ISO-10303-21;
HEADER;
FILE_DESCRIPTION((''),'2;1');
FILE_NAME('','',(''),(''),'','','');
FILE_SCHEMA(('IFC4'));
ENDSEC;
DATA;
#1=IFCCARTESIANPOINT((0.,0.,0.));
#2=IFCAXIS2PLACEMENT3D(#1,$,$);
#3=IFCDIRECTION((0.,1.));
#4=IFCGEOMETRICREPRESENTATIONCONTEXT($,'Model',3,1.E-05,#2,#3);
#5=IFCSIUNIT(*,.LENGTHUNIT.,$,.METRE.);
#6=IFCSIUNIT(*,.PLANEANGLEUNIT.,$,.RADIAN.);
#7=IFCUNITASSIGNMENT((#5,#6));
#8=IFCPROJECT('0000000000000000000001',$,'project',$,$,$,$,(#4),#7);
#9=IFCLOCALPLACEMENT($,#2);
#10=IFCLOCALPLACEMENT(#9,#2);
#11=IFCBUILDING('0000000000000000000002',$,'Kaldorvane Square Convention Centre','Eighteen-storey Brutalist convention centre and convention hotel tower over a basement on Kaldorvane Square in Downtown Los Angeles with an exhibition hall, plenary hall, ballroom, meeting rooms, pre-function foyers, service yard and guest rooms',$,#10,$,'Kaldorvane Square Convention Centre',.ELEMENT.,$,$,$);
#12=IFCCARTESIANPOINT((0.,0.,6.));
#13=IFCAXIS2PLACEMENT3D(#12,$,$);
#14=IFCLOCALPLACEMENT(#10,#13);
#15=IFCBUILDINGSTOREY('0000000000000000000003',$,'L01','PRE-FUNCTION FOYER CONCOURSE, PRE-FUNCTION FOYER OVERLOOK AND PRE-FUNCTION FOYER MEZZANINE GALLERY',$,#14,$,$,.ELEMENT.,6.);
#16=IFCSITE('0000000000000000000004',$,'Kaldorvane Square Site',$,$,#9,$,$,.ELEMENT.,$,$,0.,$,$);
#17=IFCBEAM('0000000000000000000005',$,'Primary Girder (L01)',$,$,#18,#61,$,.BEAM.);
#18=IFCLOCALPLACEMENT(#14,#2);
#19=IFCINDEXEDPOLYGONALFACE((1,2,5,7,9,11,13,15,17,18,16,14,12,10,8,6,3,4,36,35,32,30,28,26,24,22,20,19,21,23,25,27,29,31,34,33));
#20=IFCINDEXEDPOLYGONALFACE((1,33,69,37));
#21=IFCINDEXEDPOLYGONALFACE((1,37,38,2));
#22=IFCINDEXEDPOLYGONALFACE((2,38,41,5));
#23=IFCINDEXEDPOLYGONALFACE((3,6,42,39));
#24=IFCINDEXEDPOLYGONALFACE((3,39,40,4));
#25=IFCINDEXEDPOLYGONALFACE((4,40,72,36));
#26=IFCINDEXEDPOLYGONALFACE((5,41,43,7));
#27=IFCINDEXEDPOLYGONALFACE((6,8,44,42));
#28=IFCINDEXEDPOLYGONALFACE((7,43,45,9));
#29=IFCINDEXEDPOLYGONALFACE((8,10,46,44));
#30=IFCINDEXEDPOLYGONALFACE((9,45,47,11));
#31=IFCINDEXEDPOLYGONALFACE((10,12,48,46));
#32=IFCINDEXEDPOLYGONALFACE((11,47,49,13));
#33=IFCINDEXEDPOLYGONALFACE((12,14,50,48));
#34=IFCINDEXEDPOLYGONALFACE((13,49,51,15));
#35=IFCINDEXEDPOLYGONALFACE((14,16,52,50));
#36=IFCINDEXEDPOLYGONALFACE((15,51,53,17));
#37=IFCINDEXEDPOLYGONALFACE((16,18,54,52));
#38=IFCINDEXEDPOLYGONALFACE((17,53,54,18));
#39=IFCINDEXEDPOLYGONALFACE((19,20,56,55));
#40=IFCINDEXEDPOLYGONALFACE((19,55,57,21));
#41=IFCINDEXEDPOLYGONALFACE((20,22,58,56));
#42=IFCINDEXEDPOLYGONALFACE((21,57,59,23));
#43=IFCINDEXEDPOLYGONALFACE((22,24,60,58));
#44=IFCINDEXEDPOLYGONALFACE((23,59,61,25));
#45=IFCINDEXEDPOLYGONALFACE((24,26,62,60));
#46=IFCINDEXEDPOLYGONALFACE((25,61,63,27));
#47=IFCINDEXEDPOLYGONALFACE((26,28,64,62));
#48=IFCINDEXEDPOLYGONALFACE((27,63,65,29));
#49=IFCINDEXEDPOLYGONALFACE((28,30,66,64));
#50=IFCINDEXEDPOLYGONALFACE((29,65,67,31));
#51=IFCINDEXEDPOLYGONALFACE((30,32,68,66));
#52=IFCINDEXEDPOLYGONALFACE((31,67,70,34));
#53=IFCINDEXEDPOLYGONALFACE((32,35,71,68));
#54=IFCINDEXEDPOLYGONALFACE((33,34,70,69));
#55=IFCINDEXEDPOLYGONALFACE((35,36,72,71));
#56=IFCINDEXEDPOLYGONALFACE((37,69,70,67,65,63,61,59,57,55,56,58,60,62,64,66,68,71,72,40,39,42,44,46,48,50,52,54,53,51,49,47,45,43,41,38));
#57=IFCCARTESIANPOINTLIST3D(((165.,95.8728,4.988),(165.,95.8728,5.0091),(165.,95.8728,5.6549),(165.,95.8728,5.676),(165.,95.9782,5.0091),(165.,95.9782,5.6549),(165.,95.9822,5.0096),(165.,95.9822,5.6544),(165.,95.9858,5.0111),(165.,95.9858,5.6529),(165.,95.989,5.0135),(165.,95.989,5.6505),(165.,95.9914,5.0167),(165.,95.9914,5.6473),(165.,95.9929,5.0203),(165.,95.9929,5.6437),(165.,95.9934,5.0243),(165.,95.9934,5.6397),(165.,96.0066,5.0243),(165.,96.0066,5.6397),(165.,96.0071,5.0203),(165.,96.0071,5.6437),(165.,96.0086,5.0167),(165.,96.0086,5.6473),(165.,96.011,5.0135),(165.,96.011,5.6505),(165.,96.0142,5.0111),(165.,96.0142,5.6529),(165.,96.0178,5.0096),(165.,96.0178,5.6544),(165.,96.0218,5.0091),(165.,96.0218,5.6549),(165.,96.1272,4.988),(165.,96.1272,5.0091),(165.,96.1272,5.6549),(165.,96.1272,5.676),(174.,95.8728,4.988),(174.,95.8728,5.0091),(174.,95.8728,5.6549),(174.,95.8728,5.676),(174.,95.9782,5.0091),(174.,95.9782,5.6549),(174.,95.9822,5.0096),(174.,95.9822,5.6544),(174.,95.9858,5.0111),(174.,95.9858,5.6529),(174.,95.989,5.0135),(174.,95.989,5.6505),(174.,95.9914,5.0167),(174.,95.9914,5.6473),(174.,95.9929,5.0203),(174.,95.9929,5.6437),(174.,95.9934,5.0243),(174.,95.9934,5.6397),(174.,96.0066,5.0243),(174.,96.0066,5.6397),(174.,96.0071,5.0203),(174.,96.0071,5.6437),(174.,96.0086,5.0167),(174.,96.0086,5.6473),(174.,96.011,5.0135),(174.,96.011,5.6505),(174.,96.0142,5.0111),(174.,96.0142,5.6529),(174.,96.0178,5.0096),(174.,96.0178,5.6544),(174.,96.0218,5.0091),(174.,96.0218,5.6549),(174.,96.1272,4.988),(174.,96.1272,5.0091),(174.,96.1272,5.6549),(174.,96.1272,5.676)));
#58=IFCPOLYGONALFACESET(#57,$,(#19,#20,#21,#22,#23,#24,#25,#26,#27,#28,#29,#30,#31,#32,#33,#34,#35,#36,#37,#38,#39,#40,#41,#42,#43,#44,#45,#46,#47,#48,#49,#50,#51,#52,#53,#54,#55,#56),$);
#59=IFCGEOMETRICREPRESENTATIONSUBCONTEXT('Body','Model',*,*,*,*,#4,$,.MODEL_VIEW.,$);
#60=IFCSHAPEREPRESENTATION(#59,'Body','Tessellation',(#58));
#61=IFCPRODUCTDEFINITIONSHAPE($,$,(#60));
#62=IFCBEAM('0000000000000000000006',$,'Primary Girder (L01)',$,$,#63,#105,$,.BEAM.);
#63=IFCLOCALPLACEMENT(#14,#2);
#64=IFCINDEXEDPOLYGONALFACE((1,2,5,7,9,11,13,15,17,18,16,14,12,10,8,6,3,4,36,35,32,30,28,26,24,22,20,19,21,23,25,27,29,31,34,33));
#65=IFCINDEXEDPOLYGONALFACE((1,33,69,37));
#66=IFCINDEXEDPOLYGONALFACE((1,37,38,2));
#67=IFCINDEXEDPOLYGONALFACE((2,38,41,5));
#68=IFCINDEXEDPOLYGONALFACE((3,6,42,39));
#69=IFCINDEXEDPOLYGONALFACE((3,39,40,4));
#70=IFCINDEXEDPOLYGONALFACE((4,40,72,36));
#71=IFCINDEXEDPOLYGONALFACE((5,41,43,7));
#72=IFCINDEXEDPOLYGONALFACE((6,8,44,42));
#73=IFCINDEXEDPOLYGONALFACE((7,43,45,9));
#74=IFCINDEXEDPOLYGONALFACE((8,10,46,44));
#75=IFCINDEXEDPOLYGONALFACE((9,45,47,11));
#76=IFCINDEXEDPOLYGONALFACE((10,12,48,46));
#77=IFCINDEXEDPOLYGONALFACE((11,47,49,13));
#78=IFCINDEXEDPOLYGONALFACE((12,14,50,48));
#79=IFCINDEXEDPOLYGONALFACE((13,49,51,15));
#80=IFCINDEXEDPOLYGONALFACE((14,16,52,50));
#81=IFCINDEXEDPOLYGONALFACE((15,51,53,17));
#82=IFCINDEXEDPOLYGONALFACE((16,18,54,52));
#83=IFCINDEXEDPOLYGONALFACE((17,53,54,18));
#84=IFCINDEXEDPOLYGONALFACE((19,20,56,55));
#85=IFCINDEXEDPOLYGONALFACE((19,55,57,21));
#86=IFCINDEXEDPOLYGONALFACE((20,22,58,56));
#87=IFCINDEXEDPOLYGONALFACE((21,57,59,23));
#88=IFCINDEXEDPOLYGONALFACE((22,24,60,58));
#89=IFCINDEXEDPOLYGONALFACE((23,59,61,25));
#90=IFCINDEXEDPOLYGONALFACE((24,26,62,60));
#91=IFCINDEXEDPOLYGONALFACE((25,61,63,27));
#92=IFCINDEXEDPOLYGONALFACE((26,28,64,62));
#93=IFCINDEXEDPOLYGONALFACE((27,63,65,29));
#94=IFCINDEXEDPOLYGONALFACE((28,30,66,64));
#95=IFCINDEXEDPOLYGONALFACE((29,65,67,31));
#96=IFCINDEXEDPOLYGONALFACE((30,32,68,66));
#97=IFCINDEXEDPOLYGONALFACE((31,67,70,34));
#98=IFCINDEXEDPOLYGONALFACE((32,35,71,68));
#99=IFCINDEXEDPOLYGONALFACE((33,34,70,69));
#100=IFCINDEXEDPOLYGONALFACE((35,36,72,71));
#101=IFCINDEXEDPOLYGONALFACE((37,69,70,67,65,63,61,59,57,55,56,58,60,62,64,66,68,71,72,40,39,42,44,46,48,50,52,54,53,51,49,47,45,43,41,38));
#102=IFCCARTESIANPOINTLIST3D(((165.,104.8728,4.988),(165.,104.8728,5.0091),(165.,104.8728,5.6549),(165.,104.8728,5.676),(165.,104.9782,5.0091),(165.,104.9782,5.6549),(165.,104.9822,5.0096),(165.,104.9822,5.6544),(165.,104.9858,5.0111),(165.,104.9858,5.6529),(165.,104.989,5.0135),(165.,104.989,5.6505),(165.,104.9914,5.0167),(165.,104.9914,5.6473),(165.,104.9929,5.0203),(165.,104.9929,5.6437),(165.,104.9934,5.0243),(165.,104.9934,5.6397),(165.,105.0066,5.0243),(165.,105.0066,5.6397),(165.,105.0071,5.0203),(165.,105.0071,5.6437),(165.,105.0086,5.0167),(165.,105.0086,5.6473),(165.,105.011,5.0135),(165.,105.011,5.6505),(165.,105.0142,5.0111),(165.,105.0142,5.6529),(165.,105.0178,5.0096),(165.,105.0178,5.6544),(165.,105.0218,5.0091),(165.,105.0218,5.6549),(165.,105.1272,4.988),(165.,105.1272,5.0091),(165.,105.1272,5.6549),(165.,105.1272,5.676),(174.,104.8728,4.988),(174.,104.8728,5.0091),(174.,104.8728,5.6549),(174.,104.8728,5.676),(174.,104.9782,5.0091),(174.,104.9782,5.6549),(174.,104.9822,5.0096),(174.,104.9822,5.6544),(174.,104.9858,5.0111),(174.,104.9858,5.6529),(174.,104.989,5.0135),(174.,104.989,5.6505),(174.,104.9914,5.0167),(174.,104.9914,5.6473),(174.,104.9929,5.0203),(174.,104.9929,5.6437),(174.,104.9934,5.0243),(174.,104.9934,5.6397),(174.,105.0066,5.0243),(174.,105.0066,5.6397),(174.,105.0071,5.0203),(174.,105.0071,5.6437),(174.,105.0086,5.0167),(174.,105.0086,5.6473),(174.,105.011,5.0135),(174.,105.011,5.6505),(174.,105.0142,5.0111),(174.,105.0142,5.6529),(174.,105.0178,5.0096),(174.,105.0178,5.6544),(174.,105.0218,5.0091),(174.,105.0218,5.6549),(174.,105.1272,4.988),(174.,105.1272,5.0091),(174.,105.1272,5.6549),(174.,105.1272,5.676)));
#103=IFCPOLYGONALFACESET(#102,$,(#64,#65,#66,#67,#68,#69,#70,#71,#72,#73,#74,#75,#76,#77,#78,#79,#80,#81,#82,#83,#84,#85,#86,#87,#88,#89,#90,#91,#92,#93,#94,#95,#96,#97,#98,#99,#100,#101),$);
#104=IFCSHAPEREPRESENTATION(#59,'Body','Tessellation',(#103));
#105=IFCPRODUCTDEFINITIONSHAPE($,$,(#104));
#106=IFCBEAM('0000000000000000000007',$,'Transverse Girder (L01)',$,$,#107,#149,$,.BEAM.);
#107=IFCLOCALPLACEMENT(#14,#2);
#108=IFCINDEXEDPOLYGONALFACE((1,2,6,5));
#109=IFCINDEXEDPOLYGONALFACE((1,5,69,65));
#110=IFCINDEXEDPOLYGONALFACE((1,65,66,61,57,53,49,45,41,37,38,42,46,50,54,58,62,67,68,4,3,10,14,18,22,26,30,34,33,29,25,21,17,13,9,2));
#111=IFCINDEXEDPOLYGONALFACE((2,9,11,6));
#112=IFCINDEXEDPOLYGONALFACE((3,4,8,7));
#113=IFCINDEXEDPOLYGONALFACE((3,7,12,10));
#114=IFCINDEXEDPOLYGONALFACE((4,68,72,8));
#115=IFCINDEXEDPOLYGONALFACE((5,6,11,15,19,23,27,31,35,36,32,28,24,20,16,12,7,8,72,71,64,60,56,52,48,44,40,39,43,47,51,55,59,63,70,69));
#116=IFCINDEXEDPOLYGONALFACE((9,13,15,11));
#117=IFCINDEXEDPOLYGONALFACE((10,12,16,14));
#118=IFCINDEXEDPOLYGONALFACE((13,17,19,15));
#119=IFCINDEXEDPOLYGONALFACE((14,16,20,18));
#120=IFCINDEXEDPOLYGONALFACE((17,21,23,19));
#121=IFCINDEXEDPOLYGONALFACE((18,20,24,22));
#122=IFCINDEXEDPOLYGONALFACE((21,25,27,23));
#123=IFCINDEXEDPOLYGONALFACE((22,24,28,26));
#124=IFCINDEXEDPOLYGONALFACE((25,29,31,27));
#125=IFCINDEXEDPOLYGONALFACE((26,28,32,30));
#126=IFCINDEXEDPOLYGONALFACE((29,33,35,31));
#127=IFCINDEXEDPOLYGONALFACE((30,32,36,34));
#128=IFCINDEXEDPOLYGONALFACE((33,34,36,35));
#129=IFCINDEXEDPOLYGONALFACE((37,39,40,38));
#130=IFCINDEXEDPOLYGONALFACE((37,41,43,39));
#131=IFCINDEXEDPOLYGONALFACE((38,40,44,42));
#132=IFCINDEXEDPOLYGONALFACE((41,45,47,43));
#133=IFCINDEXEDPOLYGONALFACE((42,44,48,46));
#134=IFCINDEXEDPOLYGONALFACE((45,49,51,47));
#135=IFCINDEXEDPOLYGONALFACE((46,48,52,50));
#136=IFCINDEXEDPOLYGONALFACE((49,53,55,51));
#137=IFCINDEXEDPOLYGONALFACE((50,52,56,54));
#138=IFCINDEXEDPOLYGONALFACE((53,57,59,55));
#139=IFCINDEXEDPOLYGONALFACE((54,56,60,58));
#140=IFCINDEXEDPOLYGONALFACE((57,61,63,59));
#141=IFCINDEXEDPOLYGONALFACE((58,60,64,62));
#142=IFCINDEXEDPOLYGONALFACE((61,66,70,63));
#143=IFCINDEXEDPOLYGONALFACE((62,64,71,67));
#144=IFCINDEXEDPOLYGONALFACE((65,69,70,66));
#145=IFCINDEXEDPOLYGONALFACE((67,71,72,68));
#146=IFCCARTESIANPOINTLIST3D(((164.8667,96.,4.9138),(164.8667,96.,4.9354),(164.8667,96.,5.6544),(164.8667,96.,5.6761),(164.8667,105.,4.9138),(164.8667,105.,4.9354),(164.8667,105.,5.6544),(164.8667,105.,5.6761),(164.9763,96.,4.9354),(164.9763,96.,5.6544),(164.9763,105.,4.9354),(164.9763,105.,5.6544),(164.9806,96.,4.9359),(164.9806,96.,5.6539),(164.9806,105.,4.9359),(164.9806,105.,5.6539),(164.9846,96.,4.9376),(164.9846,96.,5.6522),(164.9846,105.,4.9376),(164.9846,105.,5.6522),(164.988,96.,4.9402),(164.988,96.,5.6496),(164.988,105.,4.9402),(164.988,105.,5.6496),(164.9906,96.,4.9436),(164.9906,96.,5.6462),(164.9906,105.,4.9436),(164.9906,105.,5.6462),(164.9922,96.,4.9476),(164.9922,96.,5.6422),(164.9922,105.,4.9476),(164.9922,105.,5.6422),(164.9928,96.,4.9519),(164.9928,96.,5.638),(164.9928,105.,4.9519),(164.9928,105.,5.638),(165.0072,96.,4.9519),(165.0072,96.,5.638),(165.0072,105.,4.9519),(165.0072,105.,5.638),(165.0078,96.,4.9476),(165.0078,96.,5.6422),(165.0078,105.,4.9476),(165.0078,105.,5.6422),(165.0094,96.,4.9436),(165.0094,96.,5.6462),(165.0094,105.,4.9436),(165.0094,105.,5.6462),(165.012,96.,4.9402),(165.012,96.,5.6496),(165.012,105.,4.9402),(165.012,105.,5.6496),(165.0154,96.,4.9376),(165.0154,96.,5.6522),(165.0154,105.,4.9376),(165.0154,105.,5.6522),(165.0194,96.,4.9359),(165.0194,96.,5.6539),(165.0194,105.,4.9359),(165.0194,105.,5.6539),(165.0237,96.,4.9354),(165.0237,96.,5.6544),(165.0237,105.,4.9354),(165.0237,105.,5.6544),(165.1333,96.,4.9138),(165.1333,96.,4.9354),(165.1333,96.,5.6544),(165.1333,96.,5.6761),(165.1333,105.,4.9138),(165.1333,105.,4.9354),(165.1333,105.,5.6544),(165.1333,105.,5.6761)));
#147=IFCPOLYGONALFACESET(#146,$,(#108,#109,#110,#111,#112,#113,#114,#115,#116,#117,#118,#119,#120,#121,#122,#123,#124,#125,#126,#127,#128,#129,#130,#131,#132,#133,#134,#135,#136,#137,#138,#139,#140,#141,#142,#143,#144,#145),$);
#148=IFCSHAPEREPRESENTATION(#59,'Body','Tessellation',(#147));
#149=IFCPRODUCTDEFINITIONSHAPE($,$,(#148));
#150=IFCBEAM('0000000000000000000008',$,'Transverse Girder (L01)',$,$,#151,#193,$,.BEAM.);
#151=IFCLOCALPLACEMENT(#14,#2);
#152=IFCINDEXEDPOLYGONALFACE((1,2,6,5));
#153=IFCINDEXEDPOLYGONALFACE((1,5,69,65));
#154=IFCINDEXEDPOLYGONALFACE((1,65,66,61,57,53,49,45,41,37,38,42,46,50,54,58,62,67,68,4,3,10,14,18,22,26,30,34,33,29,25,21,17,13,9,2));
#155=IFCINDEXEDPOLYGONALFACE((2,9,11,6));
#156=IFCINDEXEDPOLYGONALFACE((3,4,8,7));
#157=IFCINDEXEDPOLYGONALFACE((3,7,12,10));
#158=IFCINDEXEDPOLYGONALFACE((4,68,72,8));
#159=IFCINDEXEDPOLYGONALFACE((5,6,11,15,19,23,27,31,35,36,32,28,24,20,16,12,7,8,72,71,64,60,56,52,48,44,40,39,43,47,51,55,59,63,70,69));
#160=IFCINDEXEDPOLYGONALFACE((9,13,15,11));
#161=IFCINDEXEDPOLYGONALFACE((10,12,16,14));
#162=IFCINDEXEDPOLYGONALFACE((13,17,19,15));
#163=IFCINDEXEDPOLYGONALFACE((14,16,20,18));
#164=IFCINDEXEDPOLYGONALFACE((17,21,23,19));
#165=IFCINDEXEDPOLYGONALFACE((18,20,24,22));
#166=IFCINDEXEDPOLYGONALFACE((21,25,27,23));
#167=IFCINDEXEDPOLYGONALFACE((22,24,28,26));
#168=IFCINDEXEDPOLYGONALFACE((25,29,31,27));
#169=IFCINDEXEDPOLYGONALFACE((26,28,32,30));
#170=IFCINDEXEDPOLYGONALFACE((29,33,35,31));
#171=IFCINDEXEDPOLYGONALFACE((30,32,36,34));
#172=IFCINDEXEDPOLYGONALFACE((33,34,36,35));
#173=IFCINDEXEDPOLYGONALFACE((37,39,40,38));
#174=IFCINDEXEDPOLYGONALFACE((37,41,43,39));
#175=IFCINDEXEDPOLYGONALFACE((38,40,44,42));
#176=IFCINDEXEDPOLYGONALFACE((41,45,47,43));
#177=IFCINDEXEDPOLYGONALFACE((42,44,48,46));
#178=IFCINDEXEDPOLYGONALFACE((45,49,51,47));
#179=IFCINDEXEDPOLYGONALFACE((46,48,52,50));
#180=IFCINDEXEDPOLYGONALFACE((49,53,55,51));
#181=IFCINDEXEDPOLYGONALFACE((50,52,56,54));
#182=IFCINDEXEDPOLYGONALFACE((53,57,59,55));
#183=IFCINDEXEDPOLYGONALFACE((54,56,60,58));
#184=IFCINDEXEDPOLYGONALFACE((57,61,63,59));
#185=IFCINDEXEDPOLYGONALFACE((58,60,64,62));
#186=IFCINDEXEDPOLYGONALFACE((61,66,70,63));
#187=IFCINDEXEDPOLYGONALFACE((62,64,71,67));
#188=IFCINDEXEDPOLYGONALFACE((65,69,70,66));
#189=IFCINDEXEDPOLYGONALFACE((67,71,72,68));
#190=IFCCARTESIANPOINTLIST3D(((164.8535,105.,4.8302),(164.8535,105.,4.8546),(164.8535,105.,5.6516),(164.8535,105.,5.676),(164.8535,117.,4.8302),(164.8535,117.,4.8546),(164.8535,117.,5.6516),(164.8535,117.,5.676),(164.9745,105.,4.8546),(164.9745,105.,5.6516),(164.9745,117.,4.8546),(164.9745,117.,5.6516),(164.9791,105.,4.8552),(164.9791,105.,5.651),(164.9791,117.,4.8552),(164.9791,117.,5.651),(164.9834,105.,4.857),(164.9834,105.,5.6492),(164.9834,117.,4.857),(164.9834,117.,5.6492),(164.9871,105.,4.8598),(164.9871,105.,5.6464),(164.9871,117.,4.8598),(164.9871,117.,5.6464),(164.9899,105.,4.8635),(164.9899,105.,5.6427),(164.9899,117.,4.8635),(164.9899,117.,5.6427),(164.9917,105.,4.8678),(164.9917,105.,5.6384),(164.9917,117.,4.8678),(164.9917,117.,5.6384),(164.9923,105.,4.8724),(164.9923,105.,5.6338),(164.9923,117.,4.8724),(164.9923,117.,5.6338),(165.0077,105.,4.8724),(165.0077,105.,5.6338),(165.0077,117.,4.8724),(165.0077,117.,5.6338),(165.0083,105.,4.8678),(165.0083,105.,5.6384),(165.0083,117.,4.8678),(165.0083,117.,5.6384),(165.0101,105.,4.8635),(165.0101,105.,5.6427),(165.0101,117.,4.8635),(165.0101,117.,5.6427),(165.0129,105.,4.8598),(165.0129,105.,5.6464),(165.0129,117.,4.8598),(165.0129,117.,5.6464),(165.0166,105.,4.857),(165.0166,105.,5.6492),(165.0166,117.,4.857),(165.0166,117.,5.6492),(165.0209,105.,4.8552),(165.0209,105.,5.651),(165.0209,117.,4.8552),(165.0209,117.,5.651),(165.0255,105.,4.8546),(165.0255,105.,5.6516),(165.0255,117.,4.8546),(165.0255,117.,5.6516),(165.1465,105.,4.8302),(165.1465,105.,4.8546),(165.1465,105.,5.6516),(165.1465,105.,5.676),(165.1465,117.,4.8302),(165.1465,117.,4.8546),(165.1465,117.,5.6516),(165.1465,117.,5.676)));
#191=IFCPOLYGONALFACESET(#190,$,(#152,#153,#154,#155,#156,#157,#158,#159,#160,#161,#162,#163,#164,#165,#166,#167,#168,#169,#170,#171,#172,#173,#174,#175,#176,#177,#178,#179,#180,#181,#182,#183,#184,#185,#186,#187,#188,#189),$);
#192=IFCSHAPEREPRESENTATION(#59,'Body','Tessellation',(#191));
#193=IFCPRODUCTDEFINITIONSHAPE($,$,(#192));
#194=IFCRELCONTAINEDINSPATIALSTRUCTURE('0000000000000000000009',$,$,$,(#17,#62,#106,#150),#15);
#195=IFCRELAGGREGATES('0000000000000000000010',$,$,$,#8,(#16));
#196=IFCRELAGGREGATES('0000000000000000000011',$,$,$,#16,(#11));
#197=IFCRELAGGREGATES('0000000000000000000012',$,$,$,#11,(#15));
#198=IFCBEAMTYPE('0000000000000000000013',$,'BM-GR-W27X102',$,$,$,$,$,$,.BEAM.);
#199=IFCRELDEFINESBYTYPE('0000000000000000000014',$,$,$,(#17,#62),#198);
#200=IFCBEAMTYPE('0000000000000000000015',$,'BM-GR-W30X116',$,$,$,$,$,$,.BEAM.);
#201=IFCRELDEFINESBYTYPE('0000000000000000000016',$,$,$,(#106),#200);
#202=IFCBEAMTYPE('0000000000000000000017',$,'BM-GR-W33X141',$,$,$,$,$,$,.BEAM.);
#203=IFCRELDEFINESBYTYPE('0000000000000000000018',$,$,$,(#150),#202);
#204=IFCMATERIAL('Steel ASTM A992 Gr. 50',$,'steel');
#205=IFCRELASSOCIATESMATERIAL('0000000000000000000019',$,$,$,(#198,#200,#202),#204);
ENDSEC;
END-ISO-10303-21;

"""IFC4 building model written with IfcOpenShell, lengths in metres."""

from ifc_helpers import new_model, si_unit, direction, frame, origin, origin_2d, place, context, subcontext, project, spatial, i_section, extrude, material, material_profile, profile_set, type_object, element, save


model = new_model("IFC4")

# Units and contexts
model_context = context("Model", 3, precision=1e-05, world=origin(), true_north=direction((0.0, 1.0)))
body_context = subcontext(model_context, "Body", "Model", "MODEL_VIEW")
ifc_project = project(units=[si_unit("LENGTHUNIT", "METRE"), si_unit("PLANEANGLEUNIT", "RADIAN")], contexts=[model_context])

# Site, building, storey
site_placement = place(None, origin())
site = spatial("IfcSite", under=ifc_project, at=site_placement, Name="Kaldorvane Square Site", CompositionType="ELEMENT", RefElevation=0.0)
building_placement = place(site_placement, origin())
building = spatial("IfcBuilding", under=site, at=building_placement, Name="Kaldorvane Square Convention Centre", Description="Eighteen-storey Brutalist convention centre and convention hotel tower over a basement on Kaldorvane Square in Downtown Los Angeles with an exhibition hall, plenary hall, ballroom, meeting rooms, pre-function foyers, service yard and guest rooms", LongName="Kaldorvane Square Convention Centre", CompositionType="ELEMENT")
storey_placement = place(building_placement, frame((0.0, 0.0, 6.0)))
storey = spatial("IfcBuildingStorey", under=building, at=storey_placement, Name="L01", Description="PRE-FUNCTION FOYER CONCOURSE, PRE-FUNCTION FOYER OVERLOOK AND PRE-FUNCTION FOYER MEZZANINE GALLERY", CompositionType="ELEMENT", Elevation=6.0)

# Shared definitions
ifc_material_1 = material(Name="Steel ASTM A992 Gr. 50", Category="steel")

# Beams
ifc_material_profile_1 = material_profile(ifc_material_1, i_section(OverallWidth=0.2544, OverallDepth=0.6881, WebThickness=0.0131, FlangeThickness=0.0211, FilletRadius=0.0152, at=origin_2d()), Name="W27X102")
ifc_profile_set_1 = profile_set([ifc_material_profile_1], Name="Steel ASTM A992 Gr. 50")
beam_type_1 = type_object("IfcBeamType", Name="BM-GR-W27X102", PredefinedType="BEAM", material=ifc_profile_set_1)
for number, where, z_axis, x_axis, name in (
    (1, (165.0, 96.0, 5.332), (1.0, 0.0, 0.0), (0.0, 1.0, 0.0), "Primary Girder (L01)"),
    (2, (165.0, 105.0, 5.332), (1.0, 0.0, 0.0), (0.0, 1.0, 0.0), "Primary Girder (L01)"),
):
    element("IfcBeam", number, at=place(storey_placement, frame(where, z_axis=z_axis, x_axis=x_axis)), inside=storey, type_object=beam_type_1, Name=name, PredefinedType="BEAM", context=body_context, shape_type="SweptSolid", body=[
        extrude(i_section(OverallWidth=0.2544, OverallDepth=0.6881, WebThickness=0.0131, FlangeThickness=0.0211, FilletRadius=0.0152, at=origin_2d()), origin(), (0.0, 0.0, 1.0), 9.0),
    ])
ifc_material_profile_2 = material_profile(ifc_material_1, i_section(OverallWidth=0.2666, OverallDepth=0.7623, WebThickness=0.0144, FlangeThickness=0.0216, FilletRadius=0.0165, at=origin_2d()), Name="W30X116")
ifc_profile_set_2 = profile_set([ifc_material_profile_2], Name="Steel ASTM A992 Gr. 50")
beam_type_2 = type_object("IfcBeamType", Name="BM-GR-W30X116", PredefinedType="BEAM", material=ifc_profile_set_2)
beam_1_placement = place(storey_placement, frame((165.0, 96.0, 5.2949), z_axis=(0.0, 1.0, 0.0), x_axis=(-1.0, 0.0, 0.0)))
element("IfcBeam", 3, at=beam_1_placement, inside=storey, type_object=beam_type_2, Name="Transverse Girder (L01)", PredefinedType="BEAM", context=body_context, shape_type="SweptSolid", body=[
    extrude(i_section(OverallWidth=0.2666, OverallDepth=0.7623, WebThickness=0.0144, FlangeThickness=0.0216, FilletRadius=0.0165, at=origin_2d()), origin(), (0.0, 0.0, 1.0), 9.0),
])
ifc_material_profile_3 = material_profile(ifc_material_1, i_section(OverallWidth=0.293, OverallDepth=0.8458, WebThickness=0.0154, FlangeThickness=0.0244, FilletRadius=0.0178, at=origin_2d()), Name="W33X141")
ifc_profile_set_3 = profile_set([ifc_material_profile_3], Name="Steel ASTM A992 Gr. 50")
beam_type_3 = type_object("IfcBeamType", Name="BM-GR-W33X141", PredefinedType="BEAM", material=ifc_profile_set_3)
beam_2_placement = place(storey_placement, frame((165.0, 105.0, 5.2531), z_axis=(0.0, 1.0, 0.0), x_axis=(-1.0, 0.0, 0.0)))
element("IfcBeam", 4, at=beam_2_placement, inside=storey, type_object=beam_type_3, Name="Transverse Girder (L01)", PredefinedType="BEAM", context=body_context, shape_type="SweptSolid", body=[
    extrude(i_section(OverallWidth=0.293, OverallDepth=0.8458, WebThickness=0.0154, FlangeThickness=0.0244, FilletRadius=0.0178, at=origin_2d()), origin(), (0.0, 0.0, 1.0), 12.0),
])

save(model, "model.ifc")
